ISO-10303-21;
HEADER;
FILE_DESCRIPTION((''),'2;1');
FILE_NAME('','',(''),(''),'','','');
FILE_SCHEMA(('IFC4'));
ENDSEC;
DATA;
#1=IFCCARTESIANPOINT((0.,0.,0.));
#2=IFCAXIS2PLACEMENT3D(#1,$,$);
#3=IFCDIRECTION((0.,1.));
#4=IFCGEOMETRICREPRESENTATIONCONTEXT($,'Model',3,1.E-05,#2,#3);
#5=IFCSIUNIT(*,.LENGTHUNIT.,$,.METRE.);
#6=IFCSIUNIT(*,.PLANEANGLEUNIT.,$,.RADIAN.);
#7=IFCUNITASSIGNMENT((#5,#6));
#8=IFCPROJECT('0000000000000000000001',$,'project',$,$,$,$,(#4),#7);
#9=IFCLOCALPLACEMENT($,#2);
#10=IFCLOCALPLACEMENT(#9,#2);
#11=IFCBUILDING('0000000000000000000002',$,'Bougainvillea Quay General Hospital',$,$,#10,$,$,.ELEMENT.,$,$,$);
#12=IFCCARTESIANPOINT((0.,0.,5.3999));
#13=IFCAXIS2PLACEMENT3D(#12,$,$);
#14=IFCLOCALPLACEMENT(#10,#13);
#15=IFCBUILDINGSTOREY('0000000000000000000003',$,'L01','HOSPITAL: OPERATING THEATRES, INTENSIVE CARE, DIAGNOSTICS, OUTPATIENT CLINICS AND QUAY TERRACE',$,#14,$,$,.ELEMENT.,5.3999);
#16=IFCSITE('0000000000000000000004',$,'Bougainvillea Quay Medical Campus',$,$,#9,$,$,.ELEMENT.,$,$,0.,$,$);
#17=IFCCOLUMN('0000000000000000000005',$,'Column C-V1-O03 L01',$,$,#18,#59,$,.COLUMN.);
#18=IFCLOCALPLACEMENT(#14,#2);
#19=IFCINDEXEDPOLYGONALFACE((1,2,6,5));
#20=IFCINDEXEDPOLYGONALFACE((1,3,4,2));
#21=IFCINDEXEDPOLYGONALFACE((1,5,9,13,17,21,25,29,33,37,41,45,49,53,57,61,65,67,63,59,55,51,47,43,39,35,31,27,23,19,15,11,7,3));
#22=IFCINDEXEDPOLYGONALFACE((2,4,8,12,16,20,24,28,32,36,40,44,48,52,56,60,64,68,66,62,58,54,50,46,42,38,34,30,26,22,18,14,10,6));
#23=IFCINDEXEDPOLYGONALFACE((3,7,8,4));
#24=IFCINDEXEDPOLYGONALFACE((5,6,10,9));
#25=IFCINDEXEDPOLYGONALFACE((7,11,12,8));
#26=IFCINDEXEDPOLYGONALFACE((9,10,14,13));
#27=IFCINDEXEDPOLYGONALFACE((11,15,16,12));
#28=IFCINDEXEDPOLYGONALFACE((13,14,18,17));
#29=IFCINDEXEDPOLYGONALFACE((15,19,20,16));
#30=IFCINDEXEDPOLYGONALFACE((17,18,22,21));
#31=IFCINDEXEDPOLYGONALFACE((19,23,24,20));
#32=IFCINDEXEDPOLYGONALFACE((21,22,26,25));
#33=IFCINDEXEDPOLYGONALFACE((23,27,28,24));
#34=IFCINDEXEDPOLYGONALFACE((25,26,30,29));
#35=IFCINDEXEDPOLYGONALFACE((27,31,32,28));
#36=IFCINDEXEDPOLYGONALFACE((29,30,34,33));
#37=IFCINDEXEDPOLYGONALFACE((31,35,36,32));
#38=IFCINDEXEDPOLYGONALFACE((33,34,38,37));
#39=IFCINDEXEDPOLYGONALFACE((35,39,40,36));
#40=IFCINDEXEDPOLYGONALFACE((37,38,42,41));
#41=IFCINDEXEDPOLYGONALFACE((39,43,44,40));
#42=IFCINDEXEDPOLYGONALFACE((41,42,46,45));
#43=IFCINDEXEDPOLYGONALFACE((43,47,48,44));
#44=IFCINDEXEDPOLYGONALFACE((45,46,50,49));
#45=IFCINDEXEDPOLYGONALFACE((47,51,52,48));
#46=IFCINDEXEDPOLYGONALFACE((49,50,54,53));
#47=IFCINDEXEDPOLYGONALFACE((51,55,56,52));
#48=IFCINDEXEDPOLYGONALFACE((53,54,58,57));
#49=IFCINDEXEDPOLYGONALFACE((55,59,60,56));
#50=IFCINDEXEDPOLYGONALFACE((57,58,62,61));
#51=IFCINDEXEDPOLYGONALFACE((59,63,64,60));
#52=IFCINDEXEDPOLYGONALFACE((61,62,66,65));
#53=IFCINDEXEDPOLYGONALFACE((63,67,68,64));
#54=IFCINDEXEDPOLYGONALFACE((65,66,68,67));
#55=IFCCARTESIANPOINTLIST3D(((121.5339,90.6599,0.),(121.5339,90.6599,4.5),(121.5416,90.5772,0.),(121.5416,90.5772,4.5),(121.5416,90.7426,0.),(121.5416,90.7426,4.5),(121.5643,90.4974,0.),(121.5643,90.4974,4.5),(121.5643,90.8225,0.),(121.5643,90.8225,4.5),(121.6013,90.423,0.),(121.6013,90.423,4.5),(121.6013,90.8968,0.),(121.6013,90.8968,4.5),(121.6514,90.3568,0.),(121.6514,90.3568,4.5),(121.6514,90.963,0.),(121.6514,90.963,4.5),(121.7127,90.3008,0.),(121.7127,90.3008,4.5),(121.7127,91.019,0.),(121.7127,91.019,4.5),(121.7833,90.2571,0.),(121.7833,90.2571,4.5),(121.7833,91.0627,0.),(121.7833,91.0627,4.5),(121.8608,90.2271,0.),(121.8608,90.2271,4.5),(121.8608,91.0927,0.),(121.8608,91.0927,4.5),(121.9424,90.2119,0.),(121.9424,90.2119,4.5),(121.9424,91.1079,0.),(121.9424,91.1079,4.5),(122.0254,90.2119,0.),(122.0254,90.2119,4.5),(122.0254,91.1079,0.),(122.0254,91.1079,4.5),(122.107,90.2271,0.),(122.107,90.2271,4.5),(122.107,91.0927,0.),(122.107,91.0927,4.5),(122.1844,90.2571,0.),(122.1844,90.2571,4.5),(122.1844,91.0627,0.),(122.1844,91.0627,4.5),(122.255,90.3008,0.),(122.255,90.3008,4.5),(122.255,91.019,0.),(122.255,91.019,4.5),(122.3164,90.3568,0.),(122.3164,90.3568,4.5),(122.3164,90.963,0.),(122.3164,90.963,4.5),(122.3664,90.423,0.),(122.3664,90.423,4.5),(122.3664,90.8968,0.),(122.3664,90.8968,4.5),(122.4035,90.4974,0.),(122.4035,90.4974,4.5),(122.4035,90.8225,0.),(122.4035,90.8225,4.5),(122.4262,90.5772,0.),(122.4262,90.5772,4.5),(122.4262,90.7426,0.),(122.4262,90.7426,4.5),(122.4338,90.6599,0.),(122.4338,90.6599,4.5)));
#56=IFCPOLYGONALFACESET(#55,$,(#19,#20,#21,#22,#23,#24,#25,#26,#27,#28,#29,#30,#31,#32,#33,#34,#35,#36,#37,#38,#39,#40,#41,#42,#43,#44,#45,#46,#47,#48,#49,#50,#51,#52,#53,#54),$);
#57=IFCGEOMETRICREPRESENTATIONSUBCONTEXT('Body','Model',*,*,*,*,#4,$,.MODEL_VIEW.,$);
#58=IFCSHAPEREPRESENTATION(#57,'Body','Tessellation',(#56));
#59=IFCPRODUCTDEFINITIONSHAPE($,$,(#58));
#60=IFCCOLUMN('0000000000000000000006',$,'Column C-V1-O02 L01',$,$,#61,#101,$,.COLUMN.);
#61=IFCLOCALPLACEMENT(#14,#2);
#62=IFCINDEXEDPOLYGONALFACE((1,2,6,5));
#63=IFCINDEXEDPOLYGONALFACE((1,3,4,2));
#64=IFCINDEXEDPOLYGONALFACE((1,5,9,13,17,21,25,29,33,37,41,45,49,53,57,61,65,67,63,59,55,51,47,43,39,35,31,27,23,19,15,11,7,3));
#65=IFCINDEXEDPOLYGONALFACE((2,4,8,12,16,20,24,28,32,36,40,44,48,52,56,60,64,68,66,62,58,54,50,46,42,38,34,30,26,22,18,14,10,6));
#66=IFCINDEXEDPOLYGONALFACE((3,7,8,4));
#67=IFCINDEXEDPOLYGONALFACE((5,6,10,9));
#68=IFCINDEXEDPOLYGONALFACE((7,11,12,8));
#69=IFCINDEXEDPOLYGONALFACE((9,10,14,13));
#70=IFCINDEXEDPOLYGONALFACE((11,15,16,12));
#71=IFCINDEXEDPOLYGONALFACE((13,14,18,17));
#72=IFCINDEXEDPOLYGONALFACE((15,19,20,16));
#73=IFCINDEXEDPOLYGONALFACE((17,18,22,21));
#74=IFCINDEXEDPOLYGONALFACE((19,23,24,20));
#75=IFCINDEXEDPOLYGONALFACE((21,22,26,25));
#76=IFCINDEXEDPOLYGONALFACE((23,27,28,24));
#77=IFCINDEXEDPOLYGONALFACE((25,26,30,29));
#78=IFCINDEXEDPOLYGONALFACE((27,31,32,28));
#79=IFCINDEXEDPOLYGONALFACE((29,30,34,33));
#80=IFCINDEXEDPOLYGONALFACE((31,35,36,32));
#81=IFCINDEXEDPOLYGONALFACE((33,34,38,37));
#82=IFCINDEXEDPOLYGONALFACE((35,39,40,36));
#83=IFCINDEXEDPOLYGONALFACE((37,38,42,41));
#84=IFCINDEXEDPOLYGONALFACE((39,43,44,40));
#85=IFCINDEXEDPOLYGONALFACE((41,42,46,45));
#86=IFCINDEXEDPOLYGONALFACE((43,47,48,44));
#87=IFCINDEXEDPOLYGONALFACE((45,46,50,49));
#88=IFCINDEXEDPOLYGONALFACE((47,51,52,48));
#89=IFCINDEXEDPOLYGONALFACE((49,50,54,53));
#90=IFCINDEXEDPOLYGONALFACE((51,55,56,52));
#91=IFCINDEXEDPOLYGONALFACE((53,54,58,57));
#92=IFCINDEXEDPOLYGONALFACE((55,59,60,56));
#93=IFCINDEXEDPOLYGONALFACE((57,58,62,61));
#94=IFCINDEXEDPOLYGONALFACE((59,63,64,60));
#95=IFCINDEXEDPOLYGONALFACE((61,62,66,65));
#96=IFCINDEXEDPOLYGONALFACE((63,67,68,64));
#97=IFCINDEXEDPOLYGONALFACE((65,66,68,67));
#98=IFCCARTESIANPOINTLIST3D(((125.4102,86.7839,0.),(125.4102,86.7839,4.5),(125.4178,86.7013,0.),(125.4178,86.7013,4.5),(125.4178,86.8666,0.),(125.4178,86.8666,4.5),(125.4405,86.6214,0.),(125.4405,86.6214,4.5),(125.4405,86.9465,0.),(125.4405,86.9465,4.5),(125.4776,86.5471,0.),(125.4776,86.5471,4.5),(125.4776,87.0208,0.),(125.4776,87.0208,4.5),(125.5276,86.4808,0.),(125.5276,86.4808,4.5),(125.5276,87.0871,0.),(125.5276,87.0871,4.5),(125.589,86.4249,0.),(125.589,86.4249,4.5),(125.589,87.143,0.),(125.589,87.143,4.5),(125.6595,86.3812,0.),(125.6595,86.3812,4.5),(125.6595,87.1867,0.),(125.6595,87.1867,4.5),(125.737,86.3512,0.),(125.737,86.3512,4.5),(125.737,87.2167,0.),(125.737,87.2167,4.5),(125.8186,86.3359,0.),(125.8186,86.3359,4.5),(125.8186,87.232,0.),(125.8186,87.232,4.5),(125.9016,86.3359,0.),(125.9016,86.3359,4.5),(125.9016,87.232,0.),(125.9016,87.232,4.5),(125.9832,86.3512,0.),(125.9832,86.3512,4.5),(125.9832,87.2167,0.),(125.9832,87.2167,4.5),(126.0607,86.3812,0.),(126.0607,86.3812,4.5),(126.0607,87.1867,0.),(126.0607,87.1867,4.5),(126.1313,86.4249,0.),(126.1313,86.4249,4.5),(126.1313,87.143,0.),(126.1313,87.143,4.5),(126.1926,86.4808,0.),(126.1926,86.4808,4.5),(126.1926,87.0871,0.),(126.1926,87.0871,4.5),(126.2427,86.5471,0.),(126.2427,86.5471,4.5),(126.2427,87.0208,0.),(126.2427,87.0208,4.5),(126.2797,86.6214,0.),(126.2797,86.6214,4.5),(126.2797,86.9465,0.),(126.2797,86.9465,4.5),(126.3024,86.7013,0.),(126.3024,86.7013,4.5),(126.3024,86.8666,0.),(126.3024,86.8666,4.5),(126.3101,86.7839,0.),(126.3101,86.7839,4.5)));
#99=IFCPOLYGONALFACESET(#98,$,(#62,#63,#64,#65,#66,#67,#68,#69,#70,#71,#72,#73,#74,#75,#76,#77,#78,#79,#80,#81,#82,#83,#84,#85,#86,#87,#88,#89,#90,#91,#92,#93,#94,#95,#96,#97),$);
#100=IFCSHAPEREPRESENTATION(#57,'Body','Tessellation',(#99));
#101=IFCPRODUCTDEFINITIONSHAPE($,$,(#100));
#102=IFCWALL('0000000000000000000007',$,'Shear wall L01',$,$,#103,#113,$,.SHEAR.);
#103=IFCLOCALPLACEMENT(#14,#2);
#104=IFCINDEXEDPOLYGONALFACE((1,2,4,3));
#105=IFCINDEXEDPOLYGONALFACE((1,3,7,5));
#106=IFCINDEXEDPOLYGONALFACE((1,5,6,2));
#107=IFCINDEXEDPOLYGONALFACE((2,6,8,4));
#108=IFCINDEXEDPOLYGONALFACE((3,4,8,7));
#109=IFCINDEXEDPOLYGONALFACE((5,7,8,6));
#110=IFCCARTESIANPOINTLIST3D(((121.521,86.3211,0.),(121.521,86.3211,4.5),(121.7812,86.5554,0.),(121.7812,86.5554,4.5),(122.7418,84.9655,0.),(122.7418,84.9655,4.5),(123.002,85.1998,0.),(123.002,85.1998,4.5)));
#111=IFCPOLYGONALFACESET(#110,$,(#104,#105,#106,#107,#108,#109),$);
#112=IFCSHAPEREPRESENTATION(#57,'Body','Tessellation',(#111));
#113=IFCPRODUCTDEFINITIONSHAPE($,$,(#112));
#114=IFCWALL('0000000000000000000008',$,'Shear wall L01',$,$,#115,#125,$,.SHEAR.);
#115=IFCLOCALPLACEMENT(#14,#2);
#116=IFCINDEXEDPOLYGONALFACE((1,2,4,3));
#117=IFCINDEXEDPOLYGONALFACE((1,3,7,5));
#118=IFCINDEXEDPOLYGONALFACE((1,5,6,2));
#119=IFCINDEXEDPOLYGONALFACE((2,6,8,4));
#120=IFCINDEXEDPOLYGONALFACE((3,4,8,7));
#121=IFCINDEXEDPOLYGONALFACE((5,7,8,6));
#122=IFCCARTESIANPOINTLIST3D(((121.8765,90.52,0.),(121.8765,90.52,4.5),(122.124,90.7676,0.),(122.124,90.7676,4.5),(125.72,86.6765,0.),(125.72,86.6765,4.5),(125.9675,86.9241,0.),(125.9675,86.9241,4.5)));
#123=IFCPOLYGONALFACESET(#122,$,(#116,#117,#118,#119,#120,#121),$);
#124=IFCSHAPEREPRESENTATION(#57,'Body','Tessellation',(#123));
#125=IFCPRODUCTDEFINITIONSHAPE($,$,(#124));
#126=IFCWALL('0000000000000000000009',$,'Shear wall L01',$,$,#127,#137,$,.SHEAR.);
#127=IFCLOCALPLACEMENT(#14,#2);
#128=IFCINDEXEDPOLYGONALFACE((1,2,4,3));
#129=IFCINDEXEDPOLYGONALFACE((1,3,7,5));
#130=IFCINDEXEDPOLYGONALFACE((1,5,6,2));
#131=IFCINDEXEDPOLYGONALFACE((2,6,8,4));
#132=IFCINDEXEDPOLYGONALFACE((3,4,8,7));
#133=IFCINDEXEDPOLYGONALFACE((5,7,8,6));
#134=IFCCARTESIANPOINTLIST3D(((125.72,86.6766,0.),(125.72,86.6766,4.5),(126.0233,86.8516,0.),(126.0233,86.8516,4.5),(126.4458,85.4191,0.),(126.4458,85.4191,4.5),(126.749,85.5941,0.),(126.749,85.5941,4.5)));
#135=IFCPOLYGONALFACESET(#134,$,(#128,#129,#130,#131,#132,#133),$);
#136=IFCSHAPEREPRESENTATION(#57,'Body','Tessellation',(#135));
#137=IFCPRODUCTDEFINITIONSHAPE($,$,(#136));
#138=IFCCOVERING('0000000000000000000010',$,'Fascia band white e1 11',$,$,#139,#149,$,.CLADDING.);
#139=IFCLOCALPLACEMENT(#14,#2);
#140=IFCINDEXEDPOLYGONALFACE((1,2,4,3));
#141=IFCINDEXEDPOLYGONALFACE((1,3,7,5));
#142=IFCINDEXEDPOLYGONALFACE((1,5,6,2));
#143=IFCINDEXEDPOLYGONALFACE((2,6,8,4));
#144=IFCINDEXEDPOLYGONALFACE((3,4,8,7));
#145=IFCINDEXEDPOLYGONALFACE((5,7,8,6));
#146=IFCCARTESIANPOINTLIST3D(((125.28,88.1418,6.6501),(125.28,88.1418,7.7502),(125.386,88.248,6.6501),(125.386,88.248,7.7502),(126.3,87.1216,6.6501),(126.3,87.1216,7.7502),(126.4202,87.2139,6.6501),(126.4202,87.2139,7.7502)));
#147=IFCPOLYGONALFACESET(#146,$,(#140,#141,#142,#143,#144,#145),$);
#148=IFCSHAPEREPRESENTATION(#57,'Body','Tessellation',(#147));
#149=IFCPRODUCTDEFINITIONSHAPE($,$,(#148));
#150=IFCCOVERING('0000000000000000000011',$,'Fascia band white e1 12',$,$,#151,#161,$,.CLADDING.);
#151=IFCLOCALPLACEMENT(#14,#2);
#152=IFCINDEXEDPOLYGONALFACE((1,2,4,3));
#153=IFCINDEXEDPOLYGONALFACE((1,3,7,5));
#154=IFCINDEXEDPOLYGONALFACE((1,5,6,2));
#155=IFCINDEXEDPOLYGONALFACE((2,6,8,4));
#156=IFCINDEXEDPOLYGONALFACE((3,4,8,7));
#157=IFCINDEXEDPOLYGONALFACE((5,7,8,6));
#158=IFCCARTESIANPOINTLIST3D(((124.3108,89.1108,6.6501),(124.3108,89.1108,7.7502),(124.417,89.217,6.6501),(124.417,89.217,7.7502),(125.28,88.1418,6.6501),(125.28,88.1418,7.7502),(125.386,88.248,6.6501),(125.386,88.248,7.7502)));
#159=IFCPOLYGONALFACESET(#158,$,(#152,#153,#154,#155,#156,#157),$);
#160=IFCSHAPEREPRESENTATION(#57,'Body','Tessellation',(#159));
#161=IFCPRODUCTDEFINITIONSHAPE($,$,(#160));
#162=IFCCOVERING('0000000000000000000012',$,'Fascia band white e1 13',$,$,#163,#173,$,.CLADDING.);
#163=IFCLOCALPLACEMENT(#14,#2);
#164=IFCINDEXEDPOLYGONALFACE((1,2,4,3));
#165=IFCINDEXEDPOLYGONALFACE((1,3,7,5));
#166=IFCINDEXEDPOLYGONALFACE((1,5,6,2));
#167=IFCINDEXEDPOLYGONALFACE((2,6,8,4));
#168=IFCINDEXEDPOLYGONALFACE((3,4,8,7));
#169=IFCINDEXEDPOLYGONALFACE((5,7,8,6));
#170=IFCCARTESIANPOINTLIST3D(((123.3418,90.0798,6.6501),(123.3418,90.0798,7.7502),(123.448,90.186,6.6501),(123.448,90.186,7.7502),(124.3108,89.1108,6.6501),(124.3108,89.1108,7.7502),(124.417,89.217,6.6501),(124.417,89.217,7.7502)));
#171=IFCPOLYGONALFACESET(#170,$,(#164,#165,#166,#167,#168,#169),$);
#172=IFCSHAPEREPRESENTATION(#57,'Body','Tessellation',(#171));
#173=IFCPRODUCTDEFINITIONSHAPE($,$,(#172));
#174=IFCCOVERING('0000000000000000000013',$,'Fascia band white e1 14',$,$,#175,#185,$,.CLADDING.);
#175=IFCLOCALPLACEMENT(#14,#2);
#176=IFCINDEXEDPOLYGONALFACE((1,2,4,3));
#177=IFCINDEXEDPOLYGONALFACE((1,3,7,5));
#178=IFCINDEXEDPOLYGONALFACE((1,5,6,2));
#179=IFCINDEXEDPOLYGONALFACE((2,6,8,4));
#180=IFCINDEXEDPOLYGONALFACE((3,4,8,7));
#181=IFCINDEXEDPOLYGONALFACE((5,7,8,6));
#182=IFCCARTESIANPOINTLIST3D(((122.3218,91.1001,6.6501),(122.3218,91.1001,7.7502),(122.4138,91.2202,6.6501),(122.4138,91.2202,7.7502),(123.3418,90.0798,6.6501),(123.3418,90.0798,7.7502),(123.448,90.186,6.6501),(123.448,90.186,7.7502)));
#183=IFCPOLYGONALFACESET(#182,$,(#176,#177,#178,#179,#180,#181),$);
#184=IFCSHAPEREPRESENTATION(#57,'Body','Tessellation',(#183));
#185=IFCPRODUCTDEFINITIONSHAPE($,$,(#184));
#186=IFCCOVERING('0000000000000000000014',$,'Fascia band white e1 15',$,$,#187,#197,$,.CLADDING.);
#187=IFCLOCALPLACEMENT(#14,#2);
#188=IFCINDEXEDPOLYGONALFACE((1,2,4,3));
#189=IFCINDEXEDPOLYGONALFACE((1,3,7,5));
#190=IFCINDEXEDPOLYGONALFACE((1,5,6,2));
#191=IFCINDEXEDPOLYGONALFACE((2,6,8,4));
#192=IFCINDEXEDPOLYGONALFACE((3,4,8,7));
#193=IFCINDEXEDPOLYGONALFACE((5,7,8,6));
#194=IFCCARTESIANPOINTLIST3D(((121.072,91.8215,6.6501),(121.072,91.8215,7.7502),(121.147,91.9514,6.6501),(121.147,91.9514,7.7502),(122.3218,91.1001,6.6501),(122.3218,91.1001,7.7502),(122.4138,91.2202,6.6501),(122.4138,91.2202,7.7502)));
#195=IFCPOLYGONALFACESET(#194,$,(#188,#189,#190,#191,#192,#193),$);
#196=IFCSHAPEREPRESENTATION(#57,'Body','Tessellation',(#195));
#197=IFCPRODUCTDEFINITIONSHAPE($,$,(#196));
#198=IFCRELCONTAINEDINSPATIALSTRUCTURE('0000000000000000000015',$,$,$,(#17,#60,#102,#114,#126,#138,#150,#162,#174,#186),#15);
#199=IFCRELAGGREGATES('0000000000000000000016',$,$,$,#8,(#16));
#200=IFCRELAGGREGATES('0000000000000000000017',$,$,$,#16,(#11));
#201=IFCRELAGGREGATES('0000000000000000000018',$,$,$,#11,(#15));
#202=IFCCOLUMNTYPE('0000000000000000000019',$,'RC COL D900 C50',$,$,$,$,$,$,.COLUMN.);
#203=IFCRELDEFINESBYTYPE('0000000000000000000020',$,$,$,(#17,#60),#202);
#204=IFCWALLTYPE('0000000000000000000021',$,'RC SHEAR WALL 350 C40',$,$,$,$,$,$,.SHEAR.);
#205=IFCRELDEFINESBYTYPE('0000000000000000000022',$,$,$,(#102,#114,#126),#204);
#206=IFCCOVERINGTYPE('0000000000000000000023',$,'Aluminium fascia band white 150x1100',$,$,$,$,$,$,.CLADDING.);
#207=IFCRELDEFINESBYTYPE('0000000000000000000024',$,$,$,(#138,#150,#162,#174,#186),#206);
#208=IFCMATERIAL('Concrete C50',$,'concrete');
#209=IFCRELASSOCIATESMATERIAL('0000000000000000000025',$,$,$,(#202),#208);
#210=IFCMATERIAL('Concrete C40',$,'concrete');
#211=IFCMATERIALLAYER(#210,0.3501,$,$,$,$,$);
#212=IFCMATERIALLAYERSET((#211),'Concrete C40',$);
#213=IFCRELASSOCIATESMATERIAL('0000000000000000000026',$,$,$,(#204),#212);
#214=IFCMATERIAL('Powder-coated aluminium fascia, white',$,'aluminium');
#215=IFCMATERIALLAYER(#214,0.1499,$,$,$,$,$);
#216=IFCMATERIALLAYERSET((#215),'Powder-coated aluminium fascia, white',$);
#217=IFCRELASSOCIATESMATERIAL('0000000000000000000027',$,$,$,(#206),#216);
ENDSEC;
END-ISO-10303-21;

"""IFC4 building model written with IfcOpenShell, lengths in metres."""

from ifc_helpers import new_model, si_unit, direction, frame, frame_2d, origin, origin_2d, place, context, subcontext, project, spatial, polyline, rectangle, circle, outline, extrude, material, layer, layer_set, material_profile, profile_set, type_object, element, save


model = new_model("IFC4")

# Units and contexts
model_context = context("Model", 3, precision=1e-05, world=origin(), true_north=direction((0.0, 1.0)))
body_context = subcontext(model_context, "Body", "Model", "MODEL_VIEW")
ifc_project = project(units=[si_unit("LENGTHUNIT", "METRE"), si_unit("PLANEANGLEUNIT", "RADIAN")], contexts=[model_context])

# Site, building, storey
site_placement = place(None, origin())
site = spatial("IfcSite", under=ifc_project, at=site_placement, Name="Bougainvillea Quay Medical Campus", CompositionType="ELEMENT", RefElevation=0.0)
building_placement = place(site_placement, origin())
building = spatial("IfcBuilding", under=site, at=building_placement, Name="Bougainvillea Quay General Hospital", CompositionType="ELEMENT")
storey_placement = place(building_placement, frame((0.0, 0.0, 5.3999)))
storey = spatial("IfcBuildingStorey", under=building, at=storey_placement, Name="L01", Description="HOSPITAL: OPERATING THEATRES, INTENSIVE CARE, DIAGNOSTICS, OUTPATIENT CLINICS AND QUAY TERRACE", CompositionType="ELEMENT", Elevation=5.3999)

# Columns
ifc_material_1 = material(Name="Concrete C50", Category="concrete")
ifc_material_profile_1 = material_profile(ifc_material_1, circle(Radius=0.45, at=origin_2d()))
ifc_profile_set_1 = profile_set([ifc_material_profile_1], Name="Concrete C50")
column_type = type_object("IfcColumnType", Name="RC COL D900 C50", PredefinedType="COLUMN", material=ifc_profile_set_1)
for number, where, z_axis, x_axis, name in (
    (1, (121.9839, 90.6599, 0.0), (0.0, 0.0, 1.0), (1.0, 0.0, 0.0), "Column C-V1-O03 L01"),
    (2, (125.8601, 86.7839, 0.0), (0.0, 0.0, 1.0), (1.0, 0.0, 0.0), "Column C-V1-O02 L01"),
):
    element("IfcColumn", number, at=place(storey_placement, frame(where, z_axis=z_axis, x_axis=x_axis)), inside=storey, type_object=column_type, Name=name, PredefinedType="COLUMN", context=body_context, shape_type="SweptSolid", body=[
        extrude(circle(Radius=0.45, at=origin_2d()), origin(), (0.0, 0.0, 1.0), 4.5),
    ])

# Walls
ifc_material_2 = material(Name="Concrete C40", Category="concrete")
ifc_layer_1 = layer(ifc_material_2, 0.3501)
ifc_layer_set_1 = layer_set([ifc_layer_1], Name="Concrete C40")
wall_type = type_object("IfcWallType", Name="RC SHEAR WALL 350 C40", PredefinedType="SHEAR", material=ifc_layer_set_1)
wall_1_placement = place(storey_placement, frame((121.6511, 86.4382, 0.0), z_axis=(0.0, 0.0, 1.0), x_axis=(0.669201, -0.743081, 0.0)))
element("IfcWall", 3, at=wall_1_placement, inside=storey, type_object=wall_type, Name="Shear wall L01", PredefinedType="SHEAR", context=body_context, shape_type="SweptSolid", body=[
    extrude(rectangle(XDim=1.8242, YDim=0.3501, at=frame_2d((0.9121, 0.0))), origin(), (0.0, 0.0, 1.0), 4.5),
])
wall_2_placement = place(storey_placement, frame((122.0002, 90.6438, 0.0), z_axis=(0.0, 0.0, 1.0), x_axis=(0.707107, -0.707107, 0.0)))
element("IfcWall", 4, at=wall_2_placement, inside=storey, type_object=wall_type, Name="Shear wall L01", PredefinedType="SHEAR", context=body_context, shape_type="SweptSolid", body=[
    extrude(rectangle(XDim=5.4355, YDim=0.3501, at=frame_2d((2.7178, 0.0))), origin(), (0.0, 0.0, 1.0), 4.5),
])
wall_3_placement = place(storey_placement, frame((125.8716, 86.7642, 0.0), z_axis=(0.0, 0.0, 1.0), x_axis=(0.499883, -0.866093, 0.0)))
element("IfcWall", 5, at=wall_3_placement, inside=storey, type_object=wall_type, Name="Shear wall L01", PredefinedType="SHEAR", context=body_context, shape_type="SweptSolid", body=[
    extrude(rectangle(XDim=1.4519, YDim=0.3501, at=frame_2d((0.7261, 0.0))), origin(), (0.0, 0.0, 1.0), 4.5),
])

# Coverings
ifc_material_3 = material(Name="Powder-coated aluminium fascia, white", Category="aluminium")
ifc_layer_2 = layer(ifc_material_3, 0.1499)
ifc_layer_set_2 = layer_set([ifc_layer_2], Name="Powder-coated aluminium fascia, white")
covering_type = type_object("IfcCoveringType", Name="Aluminium fascia band white 150x1100", PredefinedType="CLADDING", material=ifc_layer_set_2)
covering_1_placement = place(storey_placement, frame((126.3, 87.1216, 6.6501), z_axis=(0.0, 0.0, 1.0), x_axis=(-0.707022, 0.707191, 0.0)))
element("IfcCovering", 6, at=covering_1_placement, inside=storey, type_object=covering_type, Name="Fascia band white e1 11", PredefinedType="CLADDING", context=body_context, shape_type="SweptSolid", body=[
    extrude(outline(polyline([(0.0, 0.0), (1.4427, 0.0), (1.4429, -0.15), (-0.0197, -0.1502), (0.0, 0.0)])), origin(), (0.0, 0.0, 1.0), 1.1001),
])
covering_2_placement = place(storey_placement, frame((125.28, 88.1418, 6.6501), z_axis=(0.0, 0.0, 1.0), x_axis=(-0.707196, 0.707018, 0.0)))
element("IfcCovering", 7, at=covering_2_placement, inside=storey, type_object=covering_type, Name="Fascia band white e1 12", PredefinedType="CLADDING", context=body_context, shape_type="SweptSolid", body=[
    extrude(outline(polyline([(0.0, 0.0), (1.3705, 0.0), (1.3705, -0.1502), (0.0002, -0.15), (0.0, 0.0)])), origin(), (0.0, 0.0, 1.0), 1.1001),
])
covering_3_placement = place(storey_placement, frame((124.3108, 89.1108, 6.6501), z_axis=(0.0, 0.0, 1.0), x_axis=(-0.707107, 0.707107, 0.0)))
element("IfcCovering", 8, at=covering_3_placement, inside=storey, type_object=covering_type, Name="Fascia band white e1 13", PredefinedType="CLADDING", context=body_context, shape_type="SweptSolid", body=[
    extrude(outline(polyline([(0.0, 0.0), (1.3704, 0.0), (1.3704, -0.1502), (0.0, -0.1502), (0.0, 0.0)])), origin(), (0.0, 0.0, 1.0), 1.1001),
])
covering_4_placement = place(storey_placement, frame((123.3418, 90.0798, 6.6501), z_axis=(0.0, 0.0, 1.0), x_axis=(-0.707022, 0.707191, 0.0)))
element("IfcCovering", 9, at=covering_4_placement, inside=storey, type_object=covering_type, Name="Fascia band white e1 14", PredefinedType="CLADDING", context=body_context, shape_type="SweptSolid", body=[
    extrude(outline(polyline([(0.0, 0.0), (1.4427, 0.0), (1.4626, -0.15), (0.0, -0.1502), (0.0, 0.0)])), origin(), (0.0, 0.0, 1.0), 1.1001),
])
covering_5_placement = place(storey_placement, frame((122.3218, 91.1001, 6.6501), z_axis=(0.0, 0.0, 1.0), x_axis=(-0.866059, 0.499942, 0.0)))
element("IfcCovering", 10, at=covering_5_placement, inside=storey, type_object=covering_type, Name="Fascia band white e1 15", PredefinedType="CLADDING", context=body_context, shape_type="SweptSolid", body=[
    extrude(outline(polyline([(0.0, 0.0), (1.443, 0.0), (1.4431, -0.15), (-0.0197, -0.15), (0.0, 0.0)])), origin(), (0.0, 0.0, 1.0), 1.1001),
])

save(model, "model.ifc")
